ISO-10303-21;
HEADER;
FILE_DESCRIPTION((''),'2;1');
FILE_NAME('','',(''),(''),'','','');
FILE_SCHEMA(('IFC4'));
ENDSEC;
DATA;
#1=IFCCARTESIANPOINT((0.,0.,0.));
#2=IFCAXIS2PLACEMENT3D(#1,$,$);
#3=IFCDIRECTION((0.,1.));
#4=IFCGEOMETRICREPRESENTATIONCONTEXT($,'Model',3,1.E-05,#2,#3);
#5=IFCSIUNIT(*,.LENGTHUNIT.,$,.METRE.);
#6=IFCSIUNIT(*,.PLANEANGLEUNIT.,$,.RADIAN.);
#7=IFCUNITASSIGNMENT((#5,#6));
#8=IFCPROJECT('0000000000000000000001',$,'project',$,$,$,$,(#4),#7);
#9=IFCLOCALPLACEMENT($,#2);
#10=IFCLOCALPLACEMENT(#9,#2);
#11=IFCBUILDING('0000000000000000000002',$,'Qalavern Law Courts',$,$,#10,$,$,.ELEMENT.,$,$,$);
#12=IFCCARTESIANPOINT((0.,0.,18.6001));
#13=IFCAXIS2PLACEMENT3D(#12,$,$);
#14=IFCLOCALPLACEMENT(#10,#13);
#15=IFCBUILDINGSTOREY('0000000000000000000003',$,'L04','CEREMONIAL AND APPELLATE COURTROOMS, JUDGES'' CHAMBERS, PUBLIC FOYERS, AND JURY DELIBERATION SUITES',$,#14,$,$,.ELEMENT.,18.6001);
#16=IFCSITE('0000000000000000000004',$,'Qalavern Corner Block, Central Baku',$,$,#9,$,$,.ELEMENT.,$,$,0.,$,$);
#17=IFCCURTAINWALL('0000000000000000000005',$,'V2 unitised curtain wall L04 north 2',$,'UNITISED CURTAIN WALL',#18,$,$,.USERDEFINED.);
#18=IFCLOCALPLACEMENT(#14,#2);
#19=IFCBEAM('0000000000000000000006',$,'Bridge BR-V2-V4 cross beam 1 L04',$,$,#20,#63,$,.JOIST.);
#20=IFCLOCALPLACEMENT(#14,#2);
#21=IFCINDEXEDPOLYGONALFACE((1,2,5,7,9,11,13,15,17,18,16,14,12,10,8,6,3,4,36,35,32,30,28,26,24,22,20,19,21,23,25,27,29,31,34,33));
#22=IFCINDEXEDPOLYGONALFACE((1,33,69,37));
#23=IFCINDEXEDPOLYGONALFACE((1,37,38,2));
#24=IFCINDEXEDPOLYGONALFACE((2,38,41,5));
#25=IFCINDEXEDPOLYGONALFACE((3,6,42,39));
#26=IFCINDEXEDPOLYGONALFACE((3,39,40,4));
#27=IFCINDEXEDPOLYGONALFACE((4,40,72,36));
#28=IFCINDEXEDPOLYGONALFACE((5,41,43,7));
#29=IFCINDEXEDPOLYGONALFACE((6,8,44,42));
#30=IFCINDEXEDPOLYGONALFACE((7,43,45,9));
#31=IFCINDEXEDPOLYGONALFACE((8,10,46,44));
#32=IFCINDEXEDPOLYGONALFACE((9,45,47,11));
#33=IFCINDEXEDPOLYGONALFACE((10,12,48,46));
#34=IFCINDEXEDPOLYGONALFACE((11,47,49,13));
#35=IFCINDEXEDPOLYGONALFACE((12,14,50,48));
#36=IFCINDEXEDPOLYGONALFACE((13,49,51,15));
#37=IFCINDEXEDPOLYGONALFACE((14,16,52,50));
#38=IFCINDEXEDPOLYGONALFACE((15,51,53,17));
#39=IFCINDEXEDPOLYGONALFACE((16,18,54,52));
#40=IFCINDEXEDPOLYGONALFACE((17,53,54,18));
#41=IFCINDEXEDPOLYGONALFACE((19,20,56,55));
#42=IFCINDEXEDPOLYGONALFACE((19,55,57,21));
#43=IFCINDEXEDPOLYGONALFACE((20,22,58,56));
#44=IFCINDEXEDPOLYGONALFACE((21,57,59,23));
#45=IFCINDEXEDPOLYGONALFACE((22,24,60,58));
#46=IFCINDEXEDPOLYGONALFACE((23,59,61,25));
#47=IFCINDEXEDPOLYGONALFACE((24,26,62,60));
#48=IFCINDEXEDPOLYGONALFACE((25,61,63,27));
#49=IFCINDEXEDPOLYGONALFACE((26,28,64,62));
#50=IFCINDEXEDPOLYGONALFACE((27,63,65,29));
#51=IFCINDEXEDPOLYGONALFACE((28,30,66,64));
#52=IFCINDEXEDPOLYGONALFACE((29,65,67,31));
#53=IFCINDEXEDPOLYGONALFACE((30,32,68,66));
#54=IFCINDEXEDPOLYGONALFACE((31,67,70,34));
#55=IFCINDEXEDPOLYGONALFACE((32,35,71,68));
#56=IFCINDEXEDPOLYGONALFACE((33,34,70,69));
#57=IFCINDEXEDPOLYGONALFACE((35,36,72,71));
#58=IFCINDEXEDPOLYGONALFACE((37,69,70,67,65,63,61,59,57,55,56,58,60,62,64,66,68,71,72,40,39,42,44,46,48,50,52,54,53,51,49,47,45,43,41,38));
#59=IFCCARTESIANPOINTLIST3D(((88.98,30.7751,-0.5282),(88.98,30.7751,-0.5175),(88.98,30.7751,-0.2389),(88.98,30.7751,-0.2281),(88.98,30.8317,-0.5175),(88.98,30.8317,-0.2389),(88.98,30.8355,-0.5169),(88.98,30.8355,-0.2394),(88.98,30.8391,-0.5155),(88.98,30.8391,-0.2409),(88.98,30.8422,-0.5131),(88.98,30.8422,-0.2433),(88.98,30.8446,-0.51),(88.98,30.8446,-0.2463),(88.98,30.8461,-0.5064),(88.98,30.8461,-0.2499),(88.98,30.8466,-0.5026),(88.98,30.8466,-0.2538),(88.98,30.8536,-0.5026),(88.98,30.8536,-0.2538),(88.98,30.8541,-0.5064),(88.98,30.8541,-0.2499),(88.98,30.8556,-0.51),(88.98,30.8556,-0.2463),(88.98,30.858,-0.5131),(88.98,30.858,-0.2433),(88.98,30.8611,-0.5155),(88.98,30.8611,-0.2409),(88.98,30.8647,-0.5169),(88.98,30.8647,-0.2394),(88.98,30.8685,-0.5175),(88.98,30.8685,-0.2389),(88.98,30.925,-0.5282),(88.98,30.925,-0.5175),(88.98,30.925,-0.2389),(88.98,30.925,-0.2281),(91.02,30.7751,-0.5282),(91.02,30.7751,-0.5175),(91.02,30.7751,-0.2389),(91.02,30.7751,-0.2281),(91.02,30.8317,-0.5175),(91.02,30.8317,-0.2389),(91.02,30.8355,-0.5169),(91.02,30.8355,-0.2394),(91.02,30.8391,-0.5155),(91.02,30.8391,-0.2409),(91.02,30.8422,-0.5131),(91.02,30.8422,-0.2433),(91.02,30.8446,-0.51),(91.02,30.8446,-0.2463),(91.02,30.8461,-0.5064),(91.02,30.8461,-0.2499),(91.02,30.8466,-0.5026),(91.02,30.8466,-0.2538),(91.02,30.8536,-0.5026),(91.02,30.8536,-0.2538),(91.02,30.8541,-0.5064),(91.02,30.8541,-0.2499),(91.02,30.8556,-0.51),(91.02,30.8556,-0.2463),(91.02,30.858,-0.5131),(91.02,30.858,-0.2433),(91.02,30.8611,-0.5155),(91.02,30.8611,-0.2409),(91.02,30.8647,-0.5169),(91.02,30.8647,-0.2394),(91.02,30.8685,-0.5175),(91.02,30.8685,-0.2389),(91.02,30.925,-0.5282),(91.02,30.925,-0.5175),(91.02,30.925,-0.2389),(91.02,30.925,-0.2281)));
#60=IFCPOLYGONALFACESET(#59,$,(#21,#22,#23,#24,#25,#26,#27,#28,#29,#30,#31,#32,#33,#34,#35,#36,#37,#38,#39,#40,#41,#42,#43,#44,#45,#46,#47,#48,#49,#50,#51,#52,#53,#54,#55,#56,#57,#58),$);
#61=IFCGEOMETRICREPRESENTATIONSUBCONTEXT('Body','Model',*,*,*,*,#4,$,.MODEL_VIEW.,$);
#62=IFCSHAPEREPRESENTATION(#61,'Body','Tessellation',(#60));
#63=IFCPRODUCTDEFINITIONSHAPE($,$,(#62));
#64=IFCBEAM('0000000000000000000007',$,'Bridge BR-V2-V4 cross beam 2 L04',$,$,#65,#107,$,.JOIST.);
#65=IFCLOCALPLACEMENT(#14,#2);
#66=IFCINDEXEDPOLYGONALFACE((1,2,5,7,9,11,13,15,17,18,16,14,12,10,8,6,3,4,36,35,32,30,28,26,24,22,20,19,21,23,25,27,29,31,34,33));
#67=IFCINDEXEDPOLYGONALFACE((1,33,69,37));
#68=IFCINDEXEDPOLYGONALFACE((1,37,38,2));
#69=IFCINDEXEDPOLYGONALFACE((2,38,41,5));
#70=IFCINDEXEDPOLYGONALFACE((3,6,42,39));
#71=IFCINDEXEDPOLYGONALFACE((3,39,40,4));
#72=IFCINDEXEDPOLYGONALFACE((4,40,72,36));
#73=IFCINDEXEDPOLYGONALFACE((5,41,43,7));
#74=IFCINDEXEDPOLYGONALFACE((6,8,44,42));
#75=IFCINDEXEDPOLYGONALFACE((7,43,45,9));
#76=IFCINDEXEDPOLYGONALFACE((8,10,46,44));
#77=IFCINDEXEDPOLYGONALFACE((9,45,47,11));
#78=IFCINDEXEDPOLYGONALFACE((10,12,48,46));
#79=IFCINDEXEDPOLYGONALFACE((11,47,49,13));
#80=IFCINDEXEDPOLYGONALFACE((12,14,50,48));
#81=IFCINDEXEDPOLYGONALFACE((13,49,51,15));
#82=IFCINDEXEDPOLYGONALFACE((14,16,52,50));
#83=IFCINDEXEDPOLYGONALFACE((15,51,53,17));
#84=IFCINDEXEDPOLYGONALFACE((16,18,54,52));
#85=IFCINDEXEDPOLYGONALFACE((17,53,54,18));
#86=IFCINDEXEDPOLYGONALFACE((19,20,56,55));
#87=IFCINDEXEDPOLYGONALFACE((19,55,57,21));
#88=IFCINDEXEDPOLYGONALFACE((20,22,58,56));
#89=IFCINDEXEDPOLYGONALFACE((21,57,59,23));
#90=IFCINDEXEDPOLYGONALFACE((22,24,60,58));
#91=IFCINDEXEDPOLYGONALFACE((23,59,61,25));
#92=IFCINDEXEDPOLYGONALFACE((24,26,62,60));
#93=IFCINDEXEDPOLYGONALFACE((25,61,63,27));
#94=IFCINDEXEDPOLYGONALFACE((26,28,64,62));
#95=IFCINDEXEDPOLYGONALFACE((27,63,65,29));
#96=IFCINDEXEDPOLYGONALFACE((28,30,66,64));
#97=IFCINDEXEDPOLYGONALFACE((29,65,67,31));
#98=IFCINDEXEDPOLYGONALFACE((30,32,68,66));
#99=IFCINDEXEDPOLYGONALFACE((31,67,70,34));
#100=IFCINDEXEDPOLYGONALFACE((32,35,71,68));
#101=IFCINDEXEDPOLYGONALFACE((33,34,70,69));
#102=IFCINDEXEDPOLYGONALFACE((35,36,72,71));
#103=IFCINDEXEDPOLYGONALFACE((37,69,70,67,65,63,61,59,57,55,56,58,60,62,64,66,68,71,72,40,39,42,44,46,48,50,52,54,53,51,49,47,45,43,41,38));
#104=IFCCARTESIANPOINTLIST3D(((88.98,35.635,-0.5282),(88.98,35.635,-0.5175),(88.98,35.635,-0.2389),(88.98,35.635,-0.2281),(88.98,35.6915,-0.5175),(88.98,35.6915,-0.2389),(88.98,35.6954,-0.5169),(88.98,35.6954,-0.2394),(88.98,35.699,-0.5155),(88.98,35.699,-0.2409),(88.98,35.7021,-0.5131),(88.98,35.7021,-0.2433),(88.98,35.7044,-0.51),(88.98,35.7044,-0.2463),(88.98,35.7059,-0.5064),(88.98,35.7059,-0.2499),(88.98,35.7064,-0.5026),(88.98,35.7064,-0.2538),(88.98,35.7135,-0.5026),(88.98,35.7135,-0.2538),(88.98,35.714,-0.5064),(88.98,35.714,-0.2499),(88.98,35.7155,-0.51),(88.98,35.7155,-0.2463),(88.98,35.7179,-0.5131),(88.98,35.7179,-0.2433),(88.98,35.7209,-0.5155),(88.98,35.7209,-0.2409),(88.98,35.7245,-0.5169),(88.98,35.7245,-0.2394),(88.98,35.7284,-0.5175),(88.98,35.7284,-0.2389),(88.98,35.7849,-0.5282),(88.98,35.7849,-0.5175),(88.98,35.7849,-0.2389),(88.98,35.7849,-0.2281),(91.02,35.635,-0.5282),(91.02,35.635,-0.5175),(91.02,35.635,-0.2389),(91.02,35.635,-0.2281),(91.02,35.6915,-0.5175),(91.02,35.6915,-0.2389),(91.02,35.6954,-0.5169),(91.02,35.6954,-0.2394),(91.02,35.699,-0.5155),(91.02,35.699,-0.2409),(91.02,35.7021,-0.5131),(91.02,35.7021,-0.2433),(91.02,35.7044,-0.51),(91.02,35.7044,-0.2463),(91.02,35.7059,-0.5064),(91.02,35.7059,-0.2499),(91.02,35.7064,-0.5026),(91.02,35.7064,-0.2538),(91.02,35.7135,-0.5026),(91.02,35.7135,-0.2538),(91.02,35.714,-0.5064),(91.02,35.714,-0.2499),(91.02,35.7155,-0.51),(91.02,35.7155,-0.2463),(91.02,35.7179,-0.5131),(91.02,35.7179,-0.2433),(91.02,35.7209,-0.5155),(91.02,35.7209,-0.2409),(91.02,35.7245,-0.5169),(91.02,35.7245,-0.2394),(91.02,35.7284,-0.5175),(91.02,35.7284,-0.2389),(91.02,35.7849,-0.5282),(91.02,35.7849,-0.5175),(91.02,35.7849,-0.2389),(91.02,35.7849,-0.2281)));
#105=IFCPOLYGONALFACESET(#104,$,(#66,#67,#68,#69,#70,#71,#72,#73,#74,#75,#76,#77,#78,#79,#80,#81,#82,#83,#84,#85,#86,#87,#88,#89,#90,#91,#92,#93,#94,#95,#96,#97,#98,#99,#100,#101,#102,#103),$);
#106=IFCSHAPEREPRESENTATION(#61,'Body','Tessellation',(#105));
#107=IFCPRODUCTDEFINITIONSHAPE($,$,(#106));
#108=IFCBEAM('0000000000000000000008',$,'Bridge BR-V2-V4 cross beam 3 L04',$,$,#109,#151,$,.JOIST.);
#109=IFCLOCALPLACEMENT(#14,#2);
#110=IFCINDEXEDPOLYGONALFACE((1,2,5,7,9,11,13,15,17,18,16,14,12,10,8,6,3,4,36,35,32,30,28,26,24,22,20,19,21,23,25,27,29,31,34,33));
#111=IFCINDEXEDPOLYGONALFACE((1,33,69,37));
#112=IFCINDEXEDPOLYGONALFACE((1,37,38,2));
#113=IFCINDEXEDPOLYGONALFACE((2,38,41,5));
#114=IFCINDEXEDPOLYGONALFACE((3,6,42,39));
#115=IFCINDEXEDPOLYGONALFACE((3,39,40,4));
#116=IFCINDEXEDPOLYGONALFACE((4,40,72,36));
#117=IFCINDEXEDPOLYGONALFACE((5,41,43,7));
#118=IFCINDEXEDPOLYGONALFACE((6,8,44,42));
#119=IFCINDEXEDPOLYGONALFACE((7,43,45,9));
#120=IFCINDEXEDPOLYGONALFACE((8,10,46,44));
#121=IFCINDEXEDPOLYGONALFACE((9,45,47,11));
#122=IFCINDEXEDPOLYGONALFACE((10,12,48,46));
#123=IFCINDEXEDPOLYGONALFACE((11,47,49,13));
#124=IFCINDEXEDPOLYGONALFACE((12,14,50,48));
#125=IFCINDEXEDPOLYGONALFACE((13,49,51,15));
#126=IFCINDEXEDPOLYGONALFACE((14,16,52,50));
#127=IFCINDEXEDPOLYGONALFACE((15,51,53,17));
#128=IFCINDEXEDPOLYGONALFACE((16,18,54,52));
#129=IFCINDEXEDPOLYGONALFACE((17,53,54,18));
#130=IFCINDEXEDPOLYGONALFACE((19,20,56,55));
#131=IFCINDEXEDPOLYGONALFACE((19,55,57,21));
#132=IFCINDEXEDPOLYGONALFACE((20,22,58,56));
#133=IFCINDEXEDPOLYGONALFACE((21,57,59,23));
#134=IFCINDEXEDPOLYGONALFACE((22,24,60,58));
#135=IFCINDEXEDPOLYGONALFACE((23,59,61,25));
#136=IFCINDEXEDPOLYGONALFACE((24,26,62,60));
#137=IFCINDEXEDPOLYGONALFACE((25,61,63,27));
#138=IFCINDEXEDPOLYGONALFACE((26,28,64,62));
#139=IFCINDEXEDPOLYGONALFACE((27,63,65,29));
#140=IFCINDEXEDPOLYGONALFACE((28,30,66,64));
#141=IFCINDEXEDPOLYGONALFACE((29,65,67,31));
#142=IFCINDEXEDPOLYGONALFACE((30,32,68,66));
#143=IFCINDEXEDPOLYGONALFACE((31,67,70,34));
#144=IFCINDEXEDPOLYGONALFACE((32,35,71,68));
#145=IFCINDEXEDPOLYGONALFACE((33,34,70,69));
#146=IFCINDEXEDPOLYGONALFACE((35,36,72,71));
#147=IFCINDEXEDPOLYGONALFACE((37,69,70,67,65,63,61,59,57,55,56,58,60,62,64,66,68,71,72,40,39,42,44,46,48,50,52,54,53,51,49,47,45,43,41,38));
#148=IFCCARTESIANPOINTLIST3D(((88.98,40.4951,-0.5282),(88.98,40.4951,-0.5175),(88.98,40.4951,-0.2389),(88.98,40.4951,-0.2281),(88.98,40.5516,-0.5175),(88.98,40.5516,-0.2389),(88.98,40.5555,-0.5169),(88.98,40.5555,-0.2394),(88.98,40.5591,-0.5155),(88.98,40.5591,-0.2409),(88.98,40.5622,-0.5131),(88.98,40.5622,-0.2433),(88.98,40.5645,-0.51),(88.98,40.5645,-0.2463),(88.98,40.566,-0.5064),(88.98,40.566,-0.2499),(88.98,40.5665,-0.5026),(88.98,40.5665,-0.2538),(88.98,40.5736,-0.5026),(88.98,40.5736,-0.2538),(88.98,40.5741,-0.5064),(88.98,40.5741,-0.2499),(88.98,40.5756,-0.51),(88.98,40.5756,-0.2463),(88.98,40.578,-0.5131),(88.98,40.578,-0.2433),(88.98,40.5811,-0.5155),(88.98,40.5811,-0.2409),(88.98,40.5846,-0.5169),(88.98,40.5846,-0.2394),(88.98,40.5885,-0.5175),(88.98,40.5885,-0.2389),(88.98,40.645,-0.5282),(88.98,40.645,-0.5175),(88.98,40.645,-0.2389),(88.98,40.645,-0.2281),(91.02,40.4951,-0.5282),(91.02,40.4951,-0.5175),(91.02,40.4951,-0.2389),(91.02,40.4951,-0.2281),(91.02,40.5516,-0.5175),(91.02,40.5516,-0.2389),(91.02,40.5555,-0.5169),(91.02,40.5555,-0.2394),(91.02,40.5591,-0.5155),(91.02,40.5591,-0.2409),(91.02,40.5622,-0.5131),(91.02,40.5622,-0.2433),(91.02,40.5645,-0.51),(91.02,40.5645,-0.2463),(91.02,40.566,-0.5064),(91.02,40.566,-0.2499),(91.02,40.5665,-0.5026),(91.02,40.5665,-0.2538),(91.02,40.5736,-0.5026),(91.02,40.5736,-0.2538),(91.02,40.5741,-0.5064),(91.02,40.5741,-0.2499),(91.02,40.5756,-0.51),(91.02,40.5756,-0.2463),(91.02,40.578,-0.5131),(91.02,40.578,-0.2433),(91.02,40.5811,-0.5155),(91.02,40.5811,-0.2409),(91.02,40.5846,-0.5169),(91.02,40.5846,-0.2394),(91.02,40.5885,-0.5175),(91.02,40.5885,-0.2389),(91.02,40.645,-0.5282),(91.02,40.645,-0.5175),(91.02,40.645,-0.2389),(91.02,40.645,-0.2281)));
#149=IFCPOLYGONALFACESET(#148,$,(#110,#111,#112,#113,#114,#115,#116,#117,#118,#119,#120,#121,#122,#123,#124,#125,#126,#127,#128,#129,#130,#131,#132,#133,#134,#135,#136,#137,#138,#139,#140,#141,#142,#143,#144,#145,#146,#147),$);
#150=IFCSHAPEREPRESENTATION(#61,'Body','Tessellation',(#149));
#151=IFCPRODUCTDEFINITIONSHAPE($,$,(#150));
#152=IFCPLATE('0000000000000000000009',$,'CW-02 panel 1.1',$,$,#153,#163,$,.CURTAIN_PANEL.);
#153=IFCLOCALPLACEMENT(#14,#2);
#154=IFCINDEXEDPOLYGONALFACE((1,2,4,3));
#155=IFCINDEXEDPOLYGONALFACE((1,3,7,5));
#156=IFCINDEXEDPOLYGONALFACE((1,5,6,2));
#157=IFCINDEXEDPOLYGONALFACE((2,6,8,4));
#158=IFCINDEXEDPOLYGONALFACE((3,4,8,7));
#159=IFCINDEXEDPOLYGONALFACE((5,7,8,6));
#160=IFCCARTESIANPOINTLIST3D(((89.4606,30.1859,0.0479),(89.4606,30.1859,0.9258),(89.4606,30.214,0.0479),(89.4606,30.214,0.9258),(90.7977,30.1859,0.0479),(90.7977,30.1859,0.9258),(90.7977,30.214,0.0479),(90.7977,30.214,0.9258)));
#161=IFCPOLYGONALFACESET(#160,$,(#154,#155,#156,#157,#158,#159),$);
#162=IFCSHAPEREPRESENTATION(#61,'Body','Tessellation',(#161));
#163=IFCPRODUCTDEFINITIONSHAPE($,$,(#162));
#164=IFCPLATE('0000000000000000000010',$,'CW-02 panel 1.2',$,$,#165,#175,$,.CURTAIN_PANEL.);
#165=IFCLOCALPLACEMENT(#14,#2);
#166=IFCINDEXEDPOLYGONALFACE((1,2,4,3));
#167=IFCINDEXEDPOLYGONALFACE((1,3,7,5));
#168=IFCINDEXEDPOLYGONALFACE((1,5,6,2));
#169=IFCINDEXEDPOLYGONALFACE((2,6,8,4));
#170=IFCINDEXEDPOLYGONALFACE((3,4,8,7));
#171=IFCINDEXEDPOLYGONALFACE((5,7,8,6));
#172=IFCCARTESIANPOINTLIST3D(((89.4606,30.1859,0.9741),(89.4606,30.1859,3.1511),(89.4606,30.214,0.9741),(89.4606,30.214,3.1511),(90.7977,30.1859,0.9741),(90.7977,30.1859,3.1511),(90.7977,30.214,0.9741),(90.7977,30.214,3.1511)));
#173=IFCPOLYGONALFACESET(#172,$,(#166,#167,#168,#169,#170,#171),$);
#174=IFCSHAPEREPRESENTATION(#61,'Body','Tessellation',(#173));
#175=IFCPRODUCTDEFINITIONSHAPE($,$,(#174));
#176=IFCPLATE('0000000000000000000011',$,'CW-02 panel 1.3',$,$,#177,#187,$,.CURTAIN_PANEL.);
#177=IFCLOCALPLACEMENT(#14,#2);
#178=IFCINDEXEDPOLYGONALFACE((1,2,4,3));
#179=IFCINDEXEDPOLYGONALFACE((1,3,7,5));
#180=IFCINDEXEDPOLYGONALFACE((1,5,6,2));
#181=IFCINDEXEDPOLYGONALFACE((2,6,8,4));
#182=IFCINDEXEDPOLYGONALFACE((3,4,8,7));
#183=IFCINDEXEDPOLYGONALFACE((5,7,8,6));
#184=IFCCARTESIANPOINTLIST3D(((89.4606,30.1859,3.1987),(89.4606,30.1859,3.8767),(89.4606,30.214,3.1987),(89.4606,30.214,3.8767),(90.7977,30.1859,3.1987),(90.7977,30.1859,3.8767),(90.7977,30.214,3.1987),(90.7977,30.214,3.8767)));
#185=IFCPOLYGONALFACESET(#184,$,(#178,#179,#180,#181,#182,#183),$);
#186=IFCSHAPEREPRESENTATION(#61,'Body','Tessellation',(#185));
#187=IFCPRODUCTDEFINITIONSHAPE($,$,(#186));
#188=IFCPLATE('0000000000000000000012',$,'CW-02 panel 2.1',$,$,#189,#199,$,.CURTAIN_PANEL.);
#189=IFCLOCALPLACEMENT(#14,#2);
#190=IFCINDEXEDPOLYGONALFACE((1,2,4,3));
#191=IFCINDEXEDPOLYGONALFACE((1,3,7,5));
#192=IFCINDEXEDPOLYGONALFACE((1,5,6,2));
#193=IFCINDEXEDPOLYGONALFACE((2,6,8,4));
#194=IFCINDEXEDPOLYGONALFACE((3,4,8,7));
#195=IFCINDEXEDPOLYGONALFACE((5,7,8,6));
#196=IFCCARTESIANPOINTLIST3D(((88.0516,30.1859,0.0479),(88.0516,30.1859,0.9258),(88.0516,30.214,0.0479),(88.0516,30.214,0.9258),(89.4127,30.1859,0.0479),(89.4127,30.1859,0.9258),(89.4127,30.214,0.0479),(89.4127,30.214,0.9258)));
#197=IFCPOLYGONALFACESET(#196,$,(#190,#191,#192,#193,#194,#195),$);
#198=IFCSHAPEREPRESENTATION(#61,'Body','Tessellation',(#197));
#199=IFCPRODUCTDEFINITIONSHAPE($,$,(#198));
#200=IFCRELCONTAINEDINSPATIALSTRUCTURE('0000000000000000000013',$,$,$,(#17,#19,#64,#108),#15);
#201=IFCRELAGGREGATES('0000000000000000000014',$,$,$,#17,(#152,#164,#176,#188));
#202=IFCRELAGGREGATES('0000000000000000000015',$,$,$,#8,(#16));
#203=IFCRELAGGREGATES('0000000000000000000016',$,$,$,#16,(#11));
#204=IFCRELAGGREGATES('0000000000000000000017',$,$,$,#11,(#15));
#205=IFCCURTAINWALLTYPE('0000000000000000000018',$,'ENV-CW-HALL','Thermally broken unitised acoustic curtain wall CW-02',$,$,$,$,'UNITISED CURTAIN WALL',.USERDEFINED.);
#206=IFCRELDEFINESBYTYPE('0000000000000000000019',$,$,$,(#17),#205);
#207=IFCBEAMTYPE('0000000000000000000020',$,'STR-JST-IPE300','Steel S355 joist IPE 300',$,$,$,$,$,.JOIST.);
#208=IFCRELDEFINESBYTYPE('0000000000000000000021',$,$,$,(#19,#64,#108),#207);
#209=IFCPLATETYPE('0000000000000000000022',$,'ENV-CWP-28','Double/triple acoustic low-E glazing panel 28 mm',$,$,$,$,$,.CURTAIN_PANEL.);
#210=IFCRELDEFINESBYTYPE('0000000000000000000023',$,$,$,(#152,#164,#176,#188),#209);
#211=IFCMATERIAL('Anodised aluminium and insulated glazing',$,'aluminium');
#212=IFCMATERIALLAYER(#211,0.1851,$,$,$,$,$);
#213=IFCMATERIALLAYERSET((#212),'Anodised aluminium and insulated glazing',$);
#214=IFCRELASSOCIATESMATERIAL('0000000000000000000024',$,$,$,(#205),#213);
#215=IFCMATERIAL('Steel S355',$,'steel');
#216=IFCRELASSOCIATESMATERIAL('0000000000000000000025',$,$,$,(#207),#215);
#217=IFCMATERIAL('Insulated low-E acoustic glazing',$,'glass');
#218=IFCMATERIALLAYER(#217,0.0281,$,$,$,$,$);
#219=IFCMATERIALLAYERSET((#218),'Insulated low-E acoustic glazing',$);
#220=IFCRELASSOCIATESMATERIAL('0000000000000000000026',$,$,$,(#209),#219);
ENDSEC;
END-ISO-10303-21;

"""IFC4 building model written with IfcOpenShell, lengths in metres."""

from ifc_helpers import new_model, si_unit, direction, frame, origin, origin_2d, place, context, subcontext, project, spatial, rectangle, i_section, extrude, material, layer, layer_set, material_profile, profile_set, type_object, element, aggregate, save


model = new_model("IFC4")

# Units and contexts
model_context = context("Model", 3, precision=1e-05, world=origin(), true_north=direction((0.0, 1.0)))
body_context = subcontext(model_context, "Body", "Model", "MODEL_VIEW")
ifc_project = project(units=[si_unit("LENGTHUNIT", "METRE"), si_unit("PLANEANGLEUNIT", "RADIAN")], contexts=[model_context])

# Site, building, storey
site_placement = place(None, origin())
site = spatial("IfcSite", under=ifc_project, at=site_placement, Name="Qalavern Corner Block, Central Baku", CompositionType="ELEMENT", RefElevation=0.0)
building_placement = place(site_placement, origin())
building = spatial("IfcBuilding", under=site, at=building_placement, Name="Qalavern Law Courts", CompositionType="ELEMENT")
storey_placement = place(building_placement, frame((0.0, 0.0, 18.6001)))
storey = spatial("IfcBuildingStorey", under=building, at=storey_placement, Name="L04", Description="CEREMONIAL AND APPELLATE COURTROOMS, JUDGES' CHAMBERS, PUBLIC FOYERS, AND JURY DELIBERATION SUITES", CompositionType="ELEMENT", Elevation=18.6001)

# Curtain wall
ifc_material_1 = material(Name="Anodised aluminium and insulated glazing", Category="aluminium")
ifc_layer_1 = layer(ifc_material_1, 0.1851)
ifc_layer_set_1 = layer_set([ifc_layer_1], Name="Anodised aluminium and insulated glazing")
curtain_wall_type = type_object("IfcCurtainWallType", Name="ENV-CW-HALL", Description="Thermally broken unitised acoustic curtain wall CW-02", ElementType="UNITISED CURTAIN WALL", PredefinedType="USERDEFINED", material=ifc_layer_set_1)
curtain_wall_placement = place(storey_placement, origin())
curtain_wall = element("IfcCurtainWall", 1, at=curtain_wall_placement, inside=storey, type_object=curtain_wall_type, Name="V2 unitised curtain wall L04 north 2", ObjectType="UNITISED CURTAIN WALL", PredefinedType="USERDEFINED")

# Beams
ifc_material_2 = material(Name="Steel S355", Category="steel")
ifc_material_profile_1 = material_profile(ifc_material_2, i_section(OverallWidth=0.1499, OverallDepth=0.3, WebThickness=0.0071, FlangeThickness=0.0107, FilletRadius=0.0149, at=origin_2d()), Name="IPE 300")
ifc_profile_set_1 = profile_set([ifc_material_profile_1], Name="Steel S355")
beam_type = type_object("IfcBeamType", Name="STR-JST-IPE300", Description="Steel S355 joist IPE 300", PredefinedType="JOIST", material=ifc_profile_set_1)
for number, where, z_axis, x_axis, name in (
    (2, (88.98, 30.8501, -0.3782), (1.0, 0.0, 0.0), (0.0, 1.0, 0.0), "Bridge BR-V2-V4 cross beam 1 L04"),
    (3, (88.98, 35.71, -0.3782), (1.0, 0.0, 0.0), (0.0, 1.0, 0.0), "Bridge BR-V2-V4 cross beam 2 L04"),
    (4, (88.98, 40.5701, -0.3782), (1.0, 0.0, 0.0), (0.0, 1.0, 0.0), "Bridge BR-V2-V4 cross beam 3 L04"),
):
    element("IfcBeam", number, at=place(storey_placement, frame(where, z_axis=z_axis, x_axis=x_axis)), inside=storey, type_object=beam_type, Name=name, PredefinedType="JOIST", context=body_context, shape_type="SweptSolid", body=[
        extrude(i_section(OverallWidth=0.1499, OverallDepth=0.3, WebThickness=0.0071, FlangeThickness=0.0107, FilletRadius=0.0149, at=origin_2d()), origin(), (0.0, 0.0, 1.0), 2.04),
    ])

# Plates
ifc_material_3 = material(Name="Insulated low-E acoustic glazing", Category="glass")
ifc_layer_2 = layer(ifc_material_3, 0.0281)
ifc_layer_set_2 = layer_set([ifc_layer_2], Name="Insulated low-E acoustic glazing")
plate_type = type_object("IfcPlateType", Name="ENV-CWP-28", Description="Double/triple acoustic low-E glazing panel 28 mm", PredefinedType="CURTAIN_PANEL", material=ifc_layer_set_2)
plate_1_placement = place(storey_placement, frame((90.1292, 30.2, 0.0479), z_axis=(0.0, 0.0, 1.0), x_axis=(-1.0, 0.0, 0.0)))
plate_1 = element("IfcPlate", 5, at=plate_1_placement, type_object=plate_type, Name="CW-02 panel 1.1", PredefinedType="CURTAIN_PANEL", context=body_context, shape_type="SweptSolid", body=[
    extrude(rectangle(XDim=1.3372, YDim=0.0281, at=origin_2d()), origin(), (0.0, 0.0, 1.0), 0.8779),
])
plate_2_placement = place(storey_placement, frame((90.1292, 30.2, 0.9741), z_axis=(0.0, 0.0, 1.0), x_axis=(-1.0, 0.0, 0.0)))
plate_2 = element("IfcPlate", 6, at=plate_2_placement, type_object=plate_type, Name="CW-02 panel 1.2", PredefinedType="CURTAIN_PANEL", context=body_context, shape_type="SweptSolid", body=[
    extrude(rectangle(XDim=1.3372, YDim=0.0281, at=origin_2d()), origin(), (0.0, 0.0, 1.0), 2.177),
])
plate_3_placement = place(storey_placement, frame((90.1292, 30.2, 3.1987), z_axis=(0.0, 0.0, 1.0), x_axis=(-1.0, 0.0, 0.0)))
plate_3 = element("IfcPlate", 7, at=plate_3_placement, type_object=plate_type, Name="CW-02 panel 1.3", PredefinedType="CURTAIN_PANEL", context=body_context, shape_type="SweptSolid", body=[
    extrude(rectangle(XDim=1.3372, YDim=0.0281, at=origin_2d()), origin(), (0.0, 0.0, 1.0), 0.678),
])
plate_4_placement = place(storey_placement, frame((88.7322, 30.2, 0.0479), z_axis=(0.0, 0.0, 1.0), x_axis=(-1.0, 0.0, 0.0)))
plate_4 = element("IfcPlate", 8, at=plate_4_placement, type_object=plate_type, Name="CW-02 panel 2.1", PredefinedType="CURTAIN_PANEL", context=body_context, shape_type="SweptSolid", body=[
    extrude(rectangle(XDim=1.3611, YDim=0.0281, at=origin_2d()), origin(), (0.0, 0.0, 1.0), 0.8779),
])
aggregate(curtain_wall, [plate_1, plate_2, plate_3, plate_4])

save(model, "model.ifc")
